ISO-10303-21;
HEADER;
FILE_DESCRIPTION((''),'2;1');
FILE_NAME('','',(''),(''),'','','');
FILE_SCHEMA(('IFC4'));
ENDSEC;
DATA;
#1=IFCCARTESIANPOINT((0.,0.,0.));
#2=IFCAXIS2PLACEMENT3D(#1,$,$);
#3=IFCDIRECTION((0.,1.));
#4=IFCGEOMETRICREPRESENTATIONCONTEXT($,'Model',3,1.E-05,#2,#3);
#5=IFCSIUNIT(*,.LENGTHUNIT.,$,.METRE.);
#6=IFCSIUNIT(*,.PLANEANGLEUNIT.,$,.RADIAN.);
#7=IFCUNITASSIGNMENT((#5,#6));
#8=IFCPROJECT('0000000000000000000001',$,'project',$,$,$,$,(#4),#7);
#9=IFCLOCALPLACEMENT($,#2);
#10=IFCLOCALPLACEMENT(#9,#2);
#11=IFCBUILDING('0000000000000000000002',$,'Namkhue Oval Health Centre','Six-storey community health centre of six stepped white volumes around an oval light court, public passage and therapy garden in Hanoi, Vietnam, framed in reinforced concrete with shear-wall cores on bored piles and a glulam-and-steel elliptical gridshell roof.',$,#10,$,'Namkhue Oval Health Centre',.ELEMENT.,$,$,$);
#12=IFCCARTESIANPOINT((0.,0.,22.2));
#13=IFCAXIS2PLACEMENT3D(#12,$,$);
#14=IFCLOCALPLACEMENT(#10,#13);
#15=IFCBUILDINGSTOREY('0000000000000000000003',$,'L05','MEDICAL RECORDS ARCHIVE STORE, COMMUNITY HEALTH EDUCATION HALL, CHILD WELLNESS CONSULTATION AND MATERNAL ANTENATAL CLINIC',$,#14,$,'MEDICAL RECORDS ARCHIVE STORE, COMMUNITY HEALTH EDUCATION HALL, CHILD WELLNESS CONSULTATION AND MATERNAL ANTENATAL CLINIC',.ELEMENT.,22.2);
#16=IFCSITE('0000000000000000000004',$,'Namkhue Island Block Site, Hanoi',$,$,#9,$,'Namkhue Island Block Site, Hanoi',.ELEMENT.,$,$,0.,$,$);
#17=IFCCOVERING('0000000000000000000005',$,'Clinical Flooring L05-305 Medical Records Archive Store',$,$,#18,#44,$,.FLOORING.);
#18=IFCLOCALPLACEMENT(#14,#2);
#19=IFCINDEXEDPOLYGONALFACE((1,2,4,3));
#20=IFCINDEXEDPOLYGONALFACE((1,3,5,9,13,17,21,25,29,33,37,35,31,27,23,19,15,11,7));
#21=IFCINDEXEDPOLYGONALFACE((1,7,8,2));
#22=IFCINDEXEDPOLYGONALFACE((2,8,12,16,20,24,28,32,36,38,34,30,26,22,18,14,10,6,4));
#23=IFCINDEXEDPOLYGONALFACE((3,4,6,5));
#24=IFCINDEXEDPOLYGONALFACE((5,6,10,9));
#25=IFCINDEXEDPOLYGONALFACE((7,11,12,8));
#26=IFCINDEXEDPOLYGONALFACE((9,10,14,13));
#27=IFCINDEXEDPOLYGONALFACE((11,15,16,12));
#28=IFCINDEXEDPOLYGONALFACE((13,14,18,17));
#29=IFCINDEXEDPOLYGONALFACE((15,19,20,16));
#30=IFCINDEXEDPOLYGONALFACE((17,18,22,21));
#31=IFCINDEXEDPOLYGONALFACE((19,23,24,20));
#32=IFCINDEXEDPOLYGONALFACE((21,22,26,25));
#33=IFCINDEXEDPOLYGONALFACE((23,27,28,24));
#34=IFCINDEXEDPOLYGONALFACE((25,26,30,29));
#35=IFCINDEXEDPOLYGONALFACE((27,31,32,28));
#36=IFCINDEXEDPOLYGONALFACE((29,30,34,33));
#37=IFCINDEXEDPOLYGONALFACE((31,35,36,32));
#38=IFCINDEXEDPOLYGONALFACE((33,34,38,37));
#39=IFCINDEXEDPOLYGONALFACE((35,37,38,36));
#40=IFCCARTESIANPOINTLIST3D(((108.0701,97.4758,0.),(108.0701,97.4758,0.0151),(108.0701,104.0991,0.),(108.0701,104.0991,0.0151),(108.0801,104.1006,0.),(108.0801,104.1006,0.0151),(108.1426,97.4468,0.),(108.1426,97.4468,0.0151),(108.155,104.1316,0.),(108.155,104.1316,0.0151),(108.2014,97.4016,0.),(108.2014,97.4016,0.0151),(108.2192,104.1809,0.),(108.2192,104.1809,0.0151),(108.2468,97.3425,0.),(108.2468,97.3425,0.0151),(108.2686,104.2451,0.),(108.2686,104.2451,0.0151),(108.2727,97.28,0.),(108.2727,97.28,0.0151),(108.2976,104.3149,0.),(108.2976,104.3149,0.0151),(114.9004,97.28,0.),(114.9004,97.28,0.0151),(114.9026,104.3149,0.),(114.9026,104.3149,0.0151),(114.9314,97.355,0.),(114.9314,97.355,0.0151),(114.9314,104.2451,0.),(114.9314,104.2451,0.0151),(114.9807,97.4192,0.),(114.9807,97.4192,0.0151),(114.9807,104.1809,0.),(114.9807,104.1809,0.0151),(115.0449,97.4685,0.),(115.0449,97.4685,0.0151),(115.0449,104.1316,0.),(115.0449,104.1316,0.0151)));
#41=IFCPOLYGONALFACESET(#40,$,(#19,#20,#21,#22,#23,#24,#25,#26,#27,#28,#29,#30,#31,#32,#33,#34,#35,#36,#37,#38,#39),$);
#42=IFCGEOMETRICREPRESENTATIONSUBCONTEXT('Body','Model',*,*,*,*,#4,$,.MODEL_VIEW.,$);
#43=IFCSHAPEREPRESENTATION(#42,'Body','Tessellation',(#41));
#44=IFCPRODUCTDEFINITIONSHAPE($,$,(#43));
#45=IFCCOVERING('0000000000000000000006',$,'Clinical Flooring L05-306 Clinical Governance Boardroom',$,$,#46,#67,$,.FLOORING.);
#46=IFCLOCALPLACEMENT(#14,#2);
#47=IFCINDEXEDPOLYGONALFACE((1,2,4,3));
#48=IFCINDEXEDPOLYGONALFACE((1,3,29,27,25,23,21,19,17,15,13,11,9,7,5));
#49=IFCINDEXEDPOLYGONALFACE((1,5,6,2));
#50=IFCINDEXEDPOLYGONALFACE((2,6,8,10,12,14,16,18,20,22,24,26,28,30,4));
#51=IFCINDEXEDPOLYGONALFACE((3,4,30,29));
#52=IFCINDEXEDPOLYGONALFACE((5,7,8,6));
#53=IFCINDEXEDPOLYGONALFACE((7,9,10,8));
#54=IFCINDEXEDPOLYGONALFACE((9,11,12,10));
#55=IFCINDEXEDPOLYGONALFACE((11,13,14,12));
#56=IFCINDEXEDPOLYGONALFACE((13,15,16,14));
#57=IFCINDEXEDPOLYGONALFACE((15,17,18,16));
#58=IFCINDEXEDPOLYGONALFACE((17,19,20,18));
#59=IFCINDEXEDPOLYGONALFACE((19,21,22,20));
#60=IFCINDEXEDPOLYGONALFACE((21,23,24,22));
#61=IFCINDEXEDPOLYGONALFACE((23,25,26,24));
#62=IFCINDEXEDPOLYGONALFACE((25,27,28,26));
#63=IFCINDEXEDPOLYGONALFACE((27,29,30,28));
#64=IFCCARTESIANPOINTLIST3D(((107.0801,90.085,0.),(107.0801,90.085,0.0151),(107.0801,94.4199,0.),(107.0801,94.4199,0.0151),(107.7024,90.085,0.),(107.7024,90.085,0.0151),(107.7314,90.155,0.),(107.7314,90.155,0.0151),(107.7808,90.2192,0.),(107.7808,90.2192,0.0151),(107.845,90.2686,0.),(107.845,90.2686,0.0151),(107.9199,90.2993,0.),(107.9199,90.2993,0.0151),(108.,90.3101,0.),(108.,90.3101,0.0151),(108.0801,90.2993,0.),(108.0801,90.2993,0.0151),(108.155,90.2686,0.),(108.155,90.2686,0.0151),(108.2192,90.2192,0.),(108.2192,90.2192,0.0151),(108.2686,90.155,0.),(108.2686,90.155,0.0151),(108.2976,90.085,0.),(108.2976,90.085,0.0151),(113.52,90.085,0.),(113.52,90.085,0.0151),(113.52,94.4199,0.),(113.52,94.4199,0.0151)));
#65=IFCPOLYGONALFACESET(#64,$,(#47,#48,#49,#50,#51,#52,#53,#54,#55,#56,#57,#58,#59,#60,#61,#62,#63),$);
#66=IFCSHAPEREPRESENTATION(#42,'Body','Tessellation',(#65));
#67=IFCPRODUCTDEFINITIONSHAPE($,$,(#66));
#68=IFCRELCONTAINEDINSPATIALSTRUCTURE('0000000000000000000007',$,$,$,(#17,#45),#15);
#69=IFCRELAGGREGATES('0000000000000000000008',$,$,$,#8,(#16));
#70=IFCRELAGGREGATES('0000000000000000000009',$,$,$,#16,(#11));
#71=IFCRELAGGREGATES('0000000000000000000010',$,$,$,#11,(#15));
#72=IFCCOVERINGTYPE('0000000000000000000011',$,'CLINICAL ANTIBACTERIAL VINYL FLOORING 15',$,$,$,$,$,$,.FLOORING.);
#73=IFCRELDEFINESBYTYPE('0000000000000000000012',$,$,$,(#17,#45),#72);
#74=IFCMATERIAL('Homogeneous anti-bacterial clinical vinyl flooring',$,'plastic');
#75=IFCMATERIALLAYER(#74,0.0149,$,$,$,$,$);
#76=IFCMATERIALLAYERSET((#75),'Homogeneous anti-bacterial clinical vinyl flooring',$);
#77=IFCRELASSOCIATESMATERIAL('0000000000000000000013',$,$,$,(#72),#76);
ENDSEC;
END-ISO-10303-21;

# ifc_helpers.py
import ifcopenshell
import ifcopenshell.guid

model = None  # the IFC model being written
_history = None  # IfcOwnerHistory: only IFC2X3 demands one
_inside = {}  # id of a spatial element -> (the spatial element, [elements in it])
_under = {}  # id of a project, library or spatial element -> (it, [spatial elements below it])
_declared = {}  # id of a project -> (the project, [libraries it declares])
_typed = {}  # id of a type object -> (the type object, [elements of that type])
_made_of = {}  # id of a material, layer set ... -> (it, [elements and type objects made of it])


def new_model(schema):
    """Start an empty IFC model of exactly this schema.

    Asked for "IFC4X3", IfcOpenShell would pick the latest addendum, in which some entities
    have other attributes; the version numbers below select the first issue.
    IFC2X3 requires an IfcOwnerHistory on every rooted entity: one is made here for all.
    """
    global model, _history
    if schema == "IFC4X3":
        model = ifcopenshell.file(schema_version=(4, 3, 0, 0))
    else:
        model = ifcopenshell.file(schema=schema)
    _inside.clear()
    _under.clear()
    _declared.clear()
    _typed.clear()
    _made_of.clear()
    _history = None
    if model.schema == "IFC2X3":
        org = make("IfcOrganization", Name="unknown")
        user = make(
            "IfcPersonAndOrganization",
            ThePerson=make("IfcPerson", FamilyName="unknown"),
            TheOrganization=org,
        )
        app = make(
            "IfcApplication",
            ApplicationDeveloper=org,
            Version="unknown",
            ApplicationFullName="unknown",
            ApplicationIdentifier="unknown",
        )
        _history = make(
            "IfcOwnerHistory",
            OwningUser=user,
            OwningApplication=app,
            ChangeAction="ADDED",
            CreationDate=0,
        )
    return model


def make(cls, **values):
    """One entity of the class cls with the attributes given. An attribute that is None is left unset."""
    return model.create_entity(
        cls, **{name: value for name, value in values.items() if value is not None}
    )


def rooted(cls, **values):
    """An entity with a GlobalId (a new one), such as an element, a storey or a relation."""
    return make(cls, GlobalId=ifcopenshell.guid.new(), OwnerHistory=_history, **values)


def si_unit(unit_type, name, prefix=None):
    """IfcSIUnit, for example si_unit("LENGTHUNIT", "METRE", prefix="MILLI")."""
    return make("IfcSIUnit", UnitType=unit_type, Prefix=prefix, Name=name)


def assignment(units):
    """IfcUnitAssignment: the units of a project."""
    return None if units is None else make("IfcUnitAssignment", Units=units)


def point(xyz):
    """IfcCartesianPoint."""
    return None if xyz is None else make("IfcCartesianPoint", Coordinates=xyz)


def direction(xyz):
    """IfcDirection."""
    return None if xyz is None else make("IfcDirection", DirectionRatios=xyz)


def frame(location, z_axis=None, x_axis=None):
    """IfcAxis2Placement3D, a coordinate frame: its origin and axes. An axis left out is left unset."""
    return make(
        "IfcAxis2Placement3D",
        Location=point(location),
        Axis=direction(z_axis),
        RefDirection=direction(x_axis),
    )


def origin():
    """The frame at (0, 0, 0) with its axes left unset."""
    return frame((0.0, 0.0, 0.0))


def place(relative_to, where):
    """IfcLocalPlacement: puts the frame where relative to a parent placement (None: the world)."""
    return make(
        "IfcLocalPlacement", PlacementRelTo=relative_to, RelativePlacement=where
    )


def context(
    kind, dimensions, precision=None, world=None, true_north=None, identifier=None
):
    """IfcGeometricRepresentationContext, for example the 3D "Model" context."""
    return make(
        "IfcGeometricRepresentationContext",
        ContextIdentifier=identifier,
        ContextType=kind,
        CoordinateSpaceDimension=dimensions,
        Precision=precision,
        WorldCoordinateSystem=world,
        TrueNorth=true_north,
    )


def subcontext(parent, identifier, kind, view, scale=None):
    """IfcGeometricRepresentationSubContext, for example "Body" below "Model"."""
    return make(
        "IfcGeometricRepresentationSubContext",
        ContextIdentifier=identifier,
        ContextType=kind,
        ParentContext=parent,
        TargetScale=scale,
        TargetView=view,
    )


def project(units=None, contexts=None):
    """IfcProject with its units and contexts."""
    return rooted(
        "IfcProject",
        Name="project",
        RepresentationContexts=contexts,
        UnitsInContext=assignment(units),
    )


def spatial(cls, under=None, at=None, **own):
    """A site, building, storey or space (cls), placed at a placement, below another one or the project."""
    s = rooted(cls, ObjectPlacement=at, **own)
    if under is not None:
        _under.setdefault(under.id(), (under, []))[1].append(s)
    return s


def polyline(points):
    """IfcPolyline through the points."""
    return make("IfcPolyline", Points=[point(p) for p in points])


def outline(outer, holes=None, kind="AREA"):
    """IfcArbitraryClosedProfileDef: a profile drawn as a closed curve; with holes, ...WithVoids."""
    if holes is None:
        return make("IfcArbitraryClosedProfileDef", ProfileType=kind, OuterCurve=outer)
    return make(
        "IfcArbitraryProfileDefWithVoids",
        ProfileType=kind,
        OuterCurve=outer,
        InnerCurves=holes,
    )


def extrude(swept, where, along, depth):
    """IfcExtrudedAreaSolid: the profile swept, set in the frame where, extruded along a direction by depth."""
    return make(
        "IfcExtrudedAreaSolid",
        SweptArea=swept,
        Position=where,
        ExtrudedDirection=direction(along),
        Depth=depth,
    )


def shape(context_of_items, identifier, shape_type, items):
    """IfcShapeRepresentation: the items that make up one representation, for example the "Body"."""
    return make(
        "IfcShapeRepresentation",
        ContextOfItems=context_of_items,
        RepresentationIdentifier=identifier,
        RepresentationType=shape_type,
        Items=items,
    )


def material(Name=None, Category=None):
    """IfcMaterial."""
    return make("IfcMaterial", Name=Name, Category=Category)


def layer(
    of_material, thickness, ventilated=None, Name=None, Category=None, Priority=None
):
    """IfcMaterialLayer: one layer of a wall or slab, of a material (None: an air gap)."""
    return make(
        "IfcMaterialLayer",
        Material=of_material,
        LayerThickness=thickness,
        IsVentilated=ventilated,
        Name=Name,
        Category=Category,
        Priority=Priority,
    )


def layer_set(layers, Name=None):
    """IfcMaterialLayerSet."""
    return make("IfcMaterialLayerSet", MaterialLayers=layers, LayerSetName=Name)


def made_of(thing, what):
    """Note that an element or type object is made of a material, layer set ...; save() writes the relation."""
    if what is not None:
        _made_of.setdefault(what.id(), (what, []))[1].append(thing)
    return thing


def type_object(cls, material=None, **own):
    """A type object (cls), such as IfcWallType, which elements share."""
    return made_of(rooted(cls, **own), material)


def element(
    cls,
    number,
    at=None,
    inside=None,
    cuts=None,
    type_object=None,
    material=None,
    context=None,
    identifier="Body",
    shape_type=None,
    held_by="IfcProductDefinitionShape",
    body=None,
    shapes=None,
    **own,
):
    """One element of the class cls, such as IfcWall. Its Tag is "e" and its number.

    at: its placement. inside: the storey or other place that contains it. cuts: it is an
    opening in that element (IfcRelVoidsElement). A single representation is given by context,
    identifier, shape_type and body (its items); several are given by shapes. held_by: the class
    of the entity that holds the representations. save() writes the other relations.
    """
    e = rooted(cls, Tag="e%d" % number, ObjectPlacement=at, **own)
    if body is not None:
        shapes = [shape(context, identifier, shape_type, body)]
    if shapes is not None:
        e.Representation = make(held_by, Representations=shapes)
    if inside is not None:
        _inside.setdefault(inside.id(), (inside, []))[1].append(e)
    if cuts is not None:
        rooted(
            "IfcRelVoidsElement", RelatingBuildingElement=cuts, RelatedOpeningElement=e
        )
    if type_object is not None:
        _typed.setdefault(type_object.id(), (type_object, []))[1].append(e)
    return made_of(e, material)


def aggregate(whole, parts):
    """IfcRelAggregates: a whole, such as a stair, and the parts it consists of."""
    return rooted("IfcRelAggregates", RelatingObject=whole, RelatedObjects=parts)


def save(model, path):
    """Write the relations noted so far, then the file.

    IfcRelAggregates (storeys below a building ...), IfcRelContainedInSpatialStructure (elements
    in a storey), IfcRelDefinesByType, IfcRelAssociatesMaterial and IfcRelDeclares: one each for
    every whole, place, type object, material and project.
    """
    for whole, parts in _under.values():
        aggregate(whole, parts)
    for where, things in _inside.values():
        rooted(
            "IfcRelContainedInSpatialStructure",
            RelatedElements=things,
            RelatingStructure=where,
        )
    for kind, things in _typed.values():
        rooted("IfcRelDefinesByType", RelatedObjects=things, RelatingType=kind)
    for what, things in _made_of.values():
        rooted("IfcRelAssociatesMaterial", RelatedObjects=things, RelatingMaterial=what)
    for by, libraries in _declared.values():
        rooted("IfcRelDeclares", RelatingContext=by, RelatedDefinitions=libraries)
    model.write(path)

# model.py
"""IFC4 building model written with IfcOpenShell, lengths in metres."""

from ifc_helpers import new_model, si_unit, direction, frame, origin, place, context, subcontext, project, spatial, polyline, outline, extrude, material, layer, layer_set, type_object, element, save


model = new_model("IFC4")

# Units and contexts
model_context = context("Model", 3, precision=1e-05, world=origin(), true_north=direction((0.0, 1.0)))
body_context = subcontext(model_context, "Body", "Model", "MODEL_VIEW")
ifc_project = project(units=[si_unit("LENGTHUNIT", "METRE"), si_unit("PLANEANGLEUNIT", "RADIAN")], contexts=[model_context])

# Site, building, storey
site_placement = place(None, origin())
site = spatial("IfcSite", under=ifc_project, at=site_placement, Name="Namkhue Island Block Site, Hanoi", LongName="Namkhue Island Block Site, Hanoi", CompositionType="ELEMENT", RefElevation=0.0)
building_placement = place(site_placement, origin())
building = spatial("IfcBuilding", under=site, at=building_placement, Name="Namkhue Oval Health Centre", Description="Six-storey community health centre of six stepped white volumes around an oval light court, public passage and therapy garden in Hanoi, Vietnam, framed in reinforced concrete with shear-wall cores on bored piles and a glulam-and-steel elliptical gridshell roof.", LongName="Namkhue Oval Health Centre", CompositionType="ELEMENT")
storey_placement = place(building_placement, frame((0.0, 0.0, 22.2)))
storey = spatial("IfcBuildingStorey", under=building, at=storey_placement, Name="L05", Description="MEDICAL RECORDS ARCHIVE STORE, COMMUNITY HEALTH EDUCATION HALL, CHILD WELLNESS CONSULTATION AND MATERNAL ANTENATAL CLINIC", LongName="MEDICAL RECORDS ARCHIVE STORE, COMMUNITY HEALTH EDUCATION HALL, CHILD WELLNESS CONSULTATION AND MATERNAL ANTENATAL CLINIC", CompositionType="ELEMENT", Elevation=22.2)

# Coverings
ifc_material_1 = material(Name="Homogeneous anti-bacterial clinical vinyl flooring", Category="plastic")
ifc_layer_1 = layer(ifc_material_1, 0.0149)
ifc_layer_set_1 = layer_set([ifc_layer_1], Name="Homogeneous anti-bacterial clinical vinyl flooring")
covering_type_1 = type_object("IfcCoveringType", Name="CLINICAL ANTIBACTERIAL VINYL FLOORING 15", PredefinedType="FLOORING", material=ifc_layer_set_1)
covering_1_placement = place(storey_placement, origin())
element("IfcCovering", 1, at=covering_1_placement, inside=storey, type_object=covering_type_1, Name="Clinical Flooring L05-305 Medical Records Archive Store", PredefinedType="FLOORING", context=body_context, shape_type="SweptSolid", body=[
    extrude(outline(polyline([(108.2727, 97.28), (108.2468, 97.3425), (108.2014, 97.4016), (108.1426, 97.4468), (108.0701, 97.4758), (108.0701, 104.0991), (108.0801, 104.1006), (108.155, 104.1316), (108.2192, 104.1809), (108.2686, 104.2451), (108.2976, 104.3149), (114.9026, 104.3149), (114.9314, 104.2451), (114.9807, 104.1809), (115.0449, 104.1316), (115.0449, 97.4685), (114.9807, 97.4192), (114.9314, 97.355), (114.9004, 97.28), (108.2727, 97.28)])), origin(), (0.0, 0.0, 1.0), 0.0151),
])
covering_2_placement = place(storey_placement, origin())
element("IfcCovering", 2, at=covering_2_placement, inside=storey, type_object=covering_type_1, Name="Clinical Flooring L05-306 Clinical Governance Boardroom", PredefinedType="FLOORING", context=body_context, shape_type="SweptSolid", body=[
    extrude(outline(polyline([(108.2976, 90.085), (108.2686, 90.155), (108.2192, 90.2192), (108.155, 90.2686), (108.0801, 90.2993), (108.0, 90.3101), (107.9199, 90.2993), (107.845, 90.2686), (107.7808, 90.2192), (107.7314, 90.155), (107.7024, 90.085), (107.0801, 90.085), (107.0801, 94.4199), (113.52, 94.4199), (113.52, 90.085), (108.2976, 90.085)])), origin(), (0.0, 0.0, 1.0), 0.0151),
])

save(model, "model.ifc")
